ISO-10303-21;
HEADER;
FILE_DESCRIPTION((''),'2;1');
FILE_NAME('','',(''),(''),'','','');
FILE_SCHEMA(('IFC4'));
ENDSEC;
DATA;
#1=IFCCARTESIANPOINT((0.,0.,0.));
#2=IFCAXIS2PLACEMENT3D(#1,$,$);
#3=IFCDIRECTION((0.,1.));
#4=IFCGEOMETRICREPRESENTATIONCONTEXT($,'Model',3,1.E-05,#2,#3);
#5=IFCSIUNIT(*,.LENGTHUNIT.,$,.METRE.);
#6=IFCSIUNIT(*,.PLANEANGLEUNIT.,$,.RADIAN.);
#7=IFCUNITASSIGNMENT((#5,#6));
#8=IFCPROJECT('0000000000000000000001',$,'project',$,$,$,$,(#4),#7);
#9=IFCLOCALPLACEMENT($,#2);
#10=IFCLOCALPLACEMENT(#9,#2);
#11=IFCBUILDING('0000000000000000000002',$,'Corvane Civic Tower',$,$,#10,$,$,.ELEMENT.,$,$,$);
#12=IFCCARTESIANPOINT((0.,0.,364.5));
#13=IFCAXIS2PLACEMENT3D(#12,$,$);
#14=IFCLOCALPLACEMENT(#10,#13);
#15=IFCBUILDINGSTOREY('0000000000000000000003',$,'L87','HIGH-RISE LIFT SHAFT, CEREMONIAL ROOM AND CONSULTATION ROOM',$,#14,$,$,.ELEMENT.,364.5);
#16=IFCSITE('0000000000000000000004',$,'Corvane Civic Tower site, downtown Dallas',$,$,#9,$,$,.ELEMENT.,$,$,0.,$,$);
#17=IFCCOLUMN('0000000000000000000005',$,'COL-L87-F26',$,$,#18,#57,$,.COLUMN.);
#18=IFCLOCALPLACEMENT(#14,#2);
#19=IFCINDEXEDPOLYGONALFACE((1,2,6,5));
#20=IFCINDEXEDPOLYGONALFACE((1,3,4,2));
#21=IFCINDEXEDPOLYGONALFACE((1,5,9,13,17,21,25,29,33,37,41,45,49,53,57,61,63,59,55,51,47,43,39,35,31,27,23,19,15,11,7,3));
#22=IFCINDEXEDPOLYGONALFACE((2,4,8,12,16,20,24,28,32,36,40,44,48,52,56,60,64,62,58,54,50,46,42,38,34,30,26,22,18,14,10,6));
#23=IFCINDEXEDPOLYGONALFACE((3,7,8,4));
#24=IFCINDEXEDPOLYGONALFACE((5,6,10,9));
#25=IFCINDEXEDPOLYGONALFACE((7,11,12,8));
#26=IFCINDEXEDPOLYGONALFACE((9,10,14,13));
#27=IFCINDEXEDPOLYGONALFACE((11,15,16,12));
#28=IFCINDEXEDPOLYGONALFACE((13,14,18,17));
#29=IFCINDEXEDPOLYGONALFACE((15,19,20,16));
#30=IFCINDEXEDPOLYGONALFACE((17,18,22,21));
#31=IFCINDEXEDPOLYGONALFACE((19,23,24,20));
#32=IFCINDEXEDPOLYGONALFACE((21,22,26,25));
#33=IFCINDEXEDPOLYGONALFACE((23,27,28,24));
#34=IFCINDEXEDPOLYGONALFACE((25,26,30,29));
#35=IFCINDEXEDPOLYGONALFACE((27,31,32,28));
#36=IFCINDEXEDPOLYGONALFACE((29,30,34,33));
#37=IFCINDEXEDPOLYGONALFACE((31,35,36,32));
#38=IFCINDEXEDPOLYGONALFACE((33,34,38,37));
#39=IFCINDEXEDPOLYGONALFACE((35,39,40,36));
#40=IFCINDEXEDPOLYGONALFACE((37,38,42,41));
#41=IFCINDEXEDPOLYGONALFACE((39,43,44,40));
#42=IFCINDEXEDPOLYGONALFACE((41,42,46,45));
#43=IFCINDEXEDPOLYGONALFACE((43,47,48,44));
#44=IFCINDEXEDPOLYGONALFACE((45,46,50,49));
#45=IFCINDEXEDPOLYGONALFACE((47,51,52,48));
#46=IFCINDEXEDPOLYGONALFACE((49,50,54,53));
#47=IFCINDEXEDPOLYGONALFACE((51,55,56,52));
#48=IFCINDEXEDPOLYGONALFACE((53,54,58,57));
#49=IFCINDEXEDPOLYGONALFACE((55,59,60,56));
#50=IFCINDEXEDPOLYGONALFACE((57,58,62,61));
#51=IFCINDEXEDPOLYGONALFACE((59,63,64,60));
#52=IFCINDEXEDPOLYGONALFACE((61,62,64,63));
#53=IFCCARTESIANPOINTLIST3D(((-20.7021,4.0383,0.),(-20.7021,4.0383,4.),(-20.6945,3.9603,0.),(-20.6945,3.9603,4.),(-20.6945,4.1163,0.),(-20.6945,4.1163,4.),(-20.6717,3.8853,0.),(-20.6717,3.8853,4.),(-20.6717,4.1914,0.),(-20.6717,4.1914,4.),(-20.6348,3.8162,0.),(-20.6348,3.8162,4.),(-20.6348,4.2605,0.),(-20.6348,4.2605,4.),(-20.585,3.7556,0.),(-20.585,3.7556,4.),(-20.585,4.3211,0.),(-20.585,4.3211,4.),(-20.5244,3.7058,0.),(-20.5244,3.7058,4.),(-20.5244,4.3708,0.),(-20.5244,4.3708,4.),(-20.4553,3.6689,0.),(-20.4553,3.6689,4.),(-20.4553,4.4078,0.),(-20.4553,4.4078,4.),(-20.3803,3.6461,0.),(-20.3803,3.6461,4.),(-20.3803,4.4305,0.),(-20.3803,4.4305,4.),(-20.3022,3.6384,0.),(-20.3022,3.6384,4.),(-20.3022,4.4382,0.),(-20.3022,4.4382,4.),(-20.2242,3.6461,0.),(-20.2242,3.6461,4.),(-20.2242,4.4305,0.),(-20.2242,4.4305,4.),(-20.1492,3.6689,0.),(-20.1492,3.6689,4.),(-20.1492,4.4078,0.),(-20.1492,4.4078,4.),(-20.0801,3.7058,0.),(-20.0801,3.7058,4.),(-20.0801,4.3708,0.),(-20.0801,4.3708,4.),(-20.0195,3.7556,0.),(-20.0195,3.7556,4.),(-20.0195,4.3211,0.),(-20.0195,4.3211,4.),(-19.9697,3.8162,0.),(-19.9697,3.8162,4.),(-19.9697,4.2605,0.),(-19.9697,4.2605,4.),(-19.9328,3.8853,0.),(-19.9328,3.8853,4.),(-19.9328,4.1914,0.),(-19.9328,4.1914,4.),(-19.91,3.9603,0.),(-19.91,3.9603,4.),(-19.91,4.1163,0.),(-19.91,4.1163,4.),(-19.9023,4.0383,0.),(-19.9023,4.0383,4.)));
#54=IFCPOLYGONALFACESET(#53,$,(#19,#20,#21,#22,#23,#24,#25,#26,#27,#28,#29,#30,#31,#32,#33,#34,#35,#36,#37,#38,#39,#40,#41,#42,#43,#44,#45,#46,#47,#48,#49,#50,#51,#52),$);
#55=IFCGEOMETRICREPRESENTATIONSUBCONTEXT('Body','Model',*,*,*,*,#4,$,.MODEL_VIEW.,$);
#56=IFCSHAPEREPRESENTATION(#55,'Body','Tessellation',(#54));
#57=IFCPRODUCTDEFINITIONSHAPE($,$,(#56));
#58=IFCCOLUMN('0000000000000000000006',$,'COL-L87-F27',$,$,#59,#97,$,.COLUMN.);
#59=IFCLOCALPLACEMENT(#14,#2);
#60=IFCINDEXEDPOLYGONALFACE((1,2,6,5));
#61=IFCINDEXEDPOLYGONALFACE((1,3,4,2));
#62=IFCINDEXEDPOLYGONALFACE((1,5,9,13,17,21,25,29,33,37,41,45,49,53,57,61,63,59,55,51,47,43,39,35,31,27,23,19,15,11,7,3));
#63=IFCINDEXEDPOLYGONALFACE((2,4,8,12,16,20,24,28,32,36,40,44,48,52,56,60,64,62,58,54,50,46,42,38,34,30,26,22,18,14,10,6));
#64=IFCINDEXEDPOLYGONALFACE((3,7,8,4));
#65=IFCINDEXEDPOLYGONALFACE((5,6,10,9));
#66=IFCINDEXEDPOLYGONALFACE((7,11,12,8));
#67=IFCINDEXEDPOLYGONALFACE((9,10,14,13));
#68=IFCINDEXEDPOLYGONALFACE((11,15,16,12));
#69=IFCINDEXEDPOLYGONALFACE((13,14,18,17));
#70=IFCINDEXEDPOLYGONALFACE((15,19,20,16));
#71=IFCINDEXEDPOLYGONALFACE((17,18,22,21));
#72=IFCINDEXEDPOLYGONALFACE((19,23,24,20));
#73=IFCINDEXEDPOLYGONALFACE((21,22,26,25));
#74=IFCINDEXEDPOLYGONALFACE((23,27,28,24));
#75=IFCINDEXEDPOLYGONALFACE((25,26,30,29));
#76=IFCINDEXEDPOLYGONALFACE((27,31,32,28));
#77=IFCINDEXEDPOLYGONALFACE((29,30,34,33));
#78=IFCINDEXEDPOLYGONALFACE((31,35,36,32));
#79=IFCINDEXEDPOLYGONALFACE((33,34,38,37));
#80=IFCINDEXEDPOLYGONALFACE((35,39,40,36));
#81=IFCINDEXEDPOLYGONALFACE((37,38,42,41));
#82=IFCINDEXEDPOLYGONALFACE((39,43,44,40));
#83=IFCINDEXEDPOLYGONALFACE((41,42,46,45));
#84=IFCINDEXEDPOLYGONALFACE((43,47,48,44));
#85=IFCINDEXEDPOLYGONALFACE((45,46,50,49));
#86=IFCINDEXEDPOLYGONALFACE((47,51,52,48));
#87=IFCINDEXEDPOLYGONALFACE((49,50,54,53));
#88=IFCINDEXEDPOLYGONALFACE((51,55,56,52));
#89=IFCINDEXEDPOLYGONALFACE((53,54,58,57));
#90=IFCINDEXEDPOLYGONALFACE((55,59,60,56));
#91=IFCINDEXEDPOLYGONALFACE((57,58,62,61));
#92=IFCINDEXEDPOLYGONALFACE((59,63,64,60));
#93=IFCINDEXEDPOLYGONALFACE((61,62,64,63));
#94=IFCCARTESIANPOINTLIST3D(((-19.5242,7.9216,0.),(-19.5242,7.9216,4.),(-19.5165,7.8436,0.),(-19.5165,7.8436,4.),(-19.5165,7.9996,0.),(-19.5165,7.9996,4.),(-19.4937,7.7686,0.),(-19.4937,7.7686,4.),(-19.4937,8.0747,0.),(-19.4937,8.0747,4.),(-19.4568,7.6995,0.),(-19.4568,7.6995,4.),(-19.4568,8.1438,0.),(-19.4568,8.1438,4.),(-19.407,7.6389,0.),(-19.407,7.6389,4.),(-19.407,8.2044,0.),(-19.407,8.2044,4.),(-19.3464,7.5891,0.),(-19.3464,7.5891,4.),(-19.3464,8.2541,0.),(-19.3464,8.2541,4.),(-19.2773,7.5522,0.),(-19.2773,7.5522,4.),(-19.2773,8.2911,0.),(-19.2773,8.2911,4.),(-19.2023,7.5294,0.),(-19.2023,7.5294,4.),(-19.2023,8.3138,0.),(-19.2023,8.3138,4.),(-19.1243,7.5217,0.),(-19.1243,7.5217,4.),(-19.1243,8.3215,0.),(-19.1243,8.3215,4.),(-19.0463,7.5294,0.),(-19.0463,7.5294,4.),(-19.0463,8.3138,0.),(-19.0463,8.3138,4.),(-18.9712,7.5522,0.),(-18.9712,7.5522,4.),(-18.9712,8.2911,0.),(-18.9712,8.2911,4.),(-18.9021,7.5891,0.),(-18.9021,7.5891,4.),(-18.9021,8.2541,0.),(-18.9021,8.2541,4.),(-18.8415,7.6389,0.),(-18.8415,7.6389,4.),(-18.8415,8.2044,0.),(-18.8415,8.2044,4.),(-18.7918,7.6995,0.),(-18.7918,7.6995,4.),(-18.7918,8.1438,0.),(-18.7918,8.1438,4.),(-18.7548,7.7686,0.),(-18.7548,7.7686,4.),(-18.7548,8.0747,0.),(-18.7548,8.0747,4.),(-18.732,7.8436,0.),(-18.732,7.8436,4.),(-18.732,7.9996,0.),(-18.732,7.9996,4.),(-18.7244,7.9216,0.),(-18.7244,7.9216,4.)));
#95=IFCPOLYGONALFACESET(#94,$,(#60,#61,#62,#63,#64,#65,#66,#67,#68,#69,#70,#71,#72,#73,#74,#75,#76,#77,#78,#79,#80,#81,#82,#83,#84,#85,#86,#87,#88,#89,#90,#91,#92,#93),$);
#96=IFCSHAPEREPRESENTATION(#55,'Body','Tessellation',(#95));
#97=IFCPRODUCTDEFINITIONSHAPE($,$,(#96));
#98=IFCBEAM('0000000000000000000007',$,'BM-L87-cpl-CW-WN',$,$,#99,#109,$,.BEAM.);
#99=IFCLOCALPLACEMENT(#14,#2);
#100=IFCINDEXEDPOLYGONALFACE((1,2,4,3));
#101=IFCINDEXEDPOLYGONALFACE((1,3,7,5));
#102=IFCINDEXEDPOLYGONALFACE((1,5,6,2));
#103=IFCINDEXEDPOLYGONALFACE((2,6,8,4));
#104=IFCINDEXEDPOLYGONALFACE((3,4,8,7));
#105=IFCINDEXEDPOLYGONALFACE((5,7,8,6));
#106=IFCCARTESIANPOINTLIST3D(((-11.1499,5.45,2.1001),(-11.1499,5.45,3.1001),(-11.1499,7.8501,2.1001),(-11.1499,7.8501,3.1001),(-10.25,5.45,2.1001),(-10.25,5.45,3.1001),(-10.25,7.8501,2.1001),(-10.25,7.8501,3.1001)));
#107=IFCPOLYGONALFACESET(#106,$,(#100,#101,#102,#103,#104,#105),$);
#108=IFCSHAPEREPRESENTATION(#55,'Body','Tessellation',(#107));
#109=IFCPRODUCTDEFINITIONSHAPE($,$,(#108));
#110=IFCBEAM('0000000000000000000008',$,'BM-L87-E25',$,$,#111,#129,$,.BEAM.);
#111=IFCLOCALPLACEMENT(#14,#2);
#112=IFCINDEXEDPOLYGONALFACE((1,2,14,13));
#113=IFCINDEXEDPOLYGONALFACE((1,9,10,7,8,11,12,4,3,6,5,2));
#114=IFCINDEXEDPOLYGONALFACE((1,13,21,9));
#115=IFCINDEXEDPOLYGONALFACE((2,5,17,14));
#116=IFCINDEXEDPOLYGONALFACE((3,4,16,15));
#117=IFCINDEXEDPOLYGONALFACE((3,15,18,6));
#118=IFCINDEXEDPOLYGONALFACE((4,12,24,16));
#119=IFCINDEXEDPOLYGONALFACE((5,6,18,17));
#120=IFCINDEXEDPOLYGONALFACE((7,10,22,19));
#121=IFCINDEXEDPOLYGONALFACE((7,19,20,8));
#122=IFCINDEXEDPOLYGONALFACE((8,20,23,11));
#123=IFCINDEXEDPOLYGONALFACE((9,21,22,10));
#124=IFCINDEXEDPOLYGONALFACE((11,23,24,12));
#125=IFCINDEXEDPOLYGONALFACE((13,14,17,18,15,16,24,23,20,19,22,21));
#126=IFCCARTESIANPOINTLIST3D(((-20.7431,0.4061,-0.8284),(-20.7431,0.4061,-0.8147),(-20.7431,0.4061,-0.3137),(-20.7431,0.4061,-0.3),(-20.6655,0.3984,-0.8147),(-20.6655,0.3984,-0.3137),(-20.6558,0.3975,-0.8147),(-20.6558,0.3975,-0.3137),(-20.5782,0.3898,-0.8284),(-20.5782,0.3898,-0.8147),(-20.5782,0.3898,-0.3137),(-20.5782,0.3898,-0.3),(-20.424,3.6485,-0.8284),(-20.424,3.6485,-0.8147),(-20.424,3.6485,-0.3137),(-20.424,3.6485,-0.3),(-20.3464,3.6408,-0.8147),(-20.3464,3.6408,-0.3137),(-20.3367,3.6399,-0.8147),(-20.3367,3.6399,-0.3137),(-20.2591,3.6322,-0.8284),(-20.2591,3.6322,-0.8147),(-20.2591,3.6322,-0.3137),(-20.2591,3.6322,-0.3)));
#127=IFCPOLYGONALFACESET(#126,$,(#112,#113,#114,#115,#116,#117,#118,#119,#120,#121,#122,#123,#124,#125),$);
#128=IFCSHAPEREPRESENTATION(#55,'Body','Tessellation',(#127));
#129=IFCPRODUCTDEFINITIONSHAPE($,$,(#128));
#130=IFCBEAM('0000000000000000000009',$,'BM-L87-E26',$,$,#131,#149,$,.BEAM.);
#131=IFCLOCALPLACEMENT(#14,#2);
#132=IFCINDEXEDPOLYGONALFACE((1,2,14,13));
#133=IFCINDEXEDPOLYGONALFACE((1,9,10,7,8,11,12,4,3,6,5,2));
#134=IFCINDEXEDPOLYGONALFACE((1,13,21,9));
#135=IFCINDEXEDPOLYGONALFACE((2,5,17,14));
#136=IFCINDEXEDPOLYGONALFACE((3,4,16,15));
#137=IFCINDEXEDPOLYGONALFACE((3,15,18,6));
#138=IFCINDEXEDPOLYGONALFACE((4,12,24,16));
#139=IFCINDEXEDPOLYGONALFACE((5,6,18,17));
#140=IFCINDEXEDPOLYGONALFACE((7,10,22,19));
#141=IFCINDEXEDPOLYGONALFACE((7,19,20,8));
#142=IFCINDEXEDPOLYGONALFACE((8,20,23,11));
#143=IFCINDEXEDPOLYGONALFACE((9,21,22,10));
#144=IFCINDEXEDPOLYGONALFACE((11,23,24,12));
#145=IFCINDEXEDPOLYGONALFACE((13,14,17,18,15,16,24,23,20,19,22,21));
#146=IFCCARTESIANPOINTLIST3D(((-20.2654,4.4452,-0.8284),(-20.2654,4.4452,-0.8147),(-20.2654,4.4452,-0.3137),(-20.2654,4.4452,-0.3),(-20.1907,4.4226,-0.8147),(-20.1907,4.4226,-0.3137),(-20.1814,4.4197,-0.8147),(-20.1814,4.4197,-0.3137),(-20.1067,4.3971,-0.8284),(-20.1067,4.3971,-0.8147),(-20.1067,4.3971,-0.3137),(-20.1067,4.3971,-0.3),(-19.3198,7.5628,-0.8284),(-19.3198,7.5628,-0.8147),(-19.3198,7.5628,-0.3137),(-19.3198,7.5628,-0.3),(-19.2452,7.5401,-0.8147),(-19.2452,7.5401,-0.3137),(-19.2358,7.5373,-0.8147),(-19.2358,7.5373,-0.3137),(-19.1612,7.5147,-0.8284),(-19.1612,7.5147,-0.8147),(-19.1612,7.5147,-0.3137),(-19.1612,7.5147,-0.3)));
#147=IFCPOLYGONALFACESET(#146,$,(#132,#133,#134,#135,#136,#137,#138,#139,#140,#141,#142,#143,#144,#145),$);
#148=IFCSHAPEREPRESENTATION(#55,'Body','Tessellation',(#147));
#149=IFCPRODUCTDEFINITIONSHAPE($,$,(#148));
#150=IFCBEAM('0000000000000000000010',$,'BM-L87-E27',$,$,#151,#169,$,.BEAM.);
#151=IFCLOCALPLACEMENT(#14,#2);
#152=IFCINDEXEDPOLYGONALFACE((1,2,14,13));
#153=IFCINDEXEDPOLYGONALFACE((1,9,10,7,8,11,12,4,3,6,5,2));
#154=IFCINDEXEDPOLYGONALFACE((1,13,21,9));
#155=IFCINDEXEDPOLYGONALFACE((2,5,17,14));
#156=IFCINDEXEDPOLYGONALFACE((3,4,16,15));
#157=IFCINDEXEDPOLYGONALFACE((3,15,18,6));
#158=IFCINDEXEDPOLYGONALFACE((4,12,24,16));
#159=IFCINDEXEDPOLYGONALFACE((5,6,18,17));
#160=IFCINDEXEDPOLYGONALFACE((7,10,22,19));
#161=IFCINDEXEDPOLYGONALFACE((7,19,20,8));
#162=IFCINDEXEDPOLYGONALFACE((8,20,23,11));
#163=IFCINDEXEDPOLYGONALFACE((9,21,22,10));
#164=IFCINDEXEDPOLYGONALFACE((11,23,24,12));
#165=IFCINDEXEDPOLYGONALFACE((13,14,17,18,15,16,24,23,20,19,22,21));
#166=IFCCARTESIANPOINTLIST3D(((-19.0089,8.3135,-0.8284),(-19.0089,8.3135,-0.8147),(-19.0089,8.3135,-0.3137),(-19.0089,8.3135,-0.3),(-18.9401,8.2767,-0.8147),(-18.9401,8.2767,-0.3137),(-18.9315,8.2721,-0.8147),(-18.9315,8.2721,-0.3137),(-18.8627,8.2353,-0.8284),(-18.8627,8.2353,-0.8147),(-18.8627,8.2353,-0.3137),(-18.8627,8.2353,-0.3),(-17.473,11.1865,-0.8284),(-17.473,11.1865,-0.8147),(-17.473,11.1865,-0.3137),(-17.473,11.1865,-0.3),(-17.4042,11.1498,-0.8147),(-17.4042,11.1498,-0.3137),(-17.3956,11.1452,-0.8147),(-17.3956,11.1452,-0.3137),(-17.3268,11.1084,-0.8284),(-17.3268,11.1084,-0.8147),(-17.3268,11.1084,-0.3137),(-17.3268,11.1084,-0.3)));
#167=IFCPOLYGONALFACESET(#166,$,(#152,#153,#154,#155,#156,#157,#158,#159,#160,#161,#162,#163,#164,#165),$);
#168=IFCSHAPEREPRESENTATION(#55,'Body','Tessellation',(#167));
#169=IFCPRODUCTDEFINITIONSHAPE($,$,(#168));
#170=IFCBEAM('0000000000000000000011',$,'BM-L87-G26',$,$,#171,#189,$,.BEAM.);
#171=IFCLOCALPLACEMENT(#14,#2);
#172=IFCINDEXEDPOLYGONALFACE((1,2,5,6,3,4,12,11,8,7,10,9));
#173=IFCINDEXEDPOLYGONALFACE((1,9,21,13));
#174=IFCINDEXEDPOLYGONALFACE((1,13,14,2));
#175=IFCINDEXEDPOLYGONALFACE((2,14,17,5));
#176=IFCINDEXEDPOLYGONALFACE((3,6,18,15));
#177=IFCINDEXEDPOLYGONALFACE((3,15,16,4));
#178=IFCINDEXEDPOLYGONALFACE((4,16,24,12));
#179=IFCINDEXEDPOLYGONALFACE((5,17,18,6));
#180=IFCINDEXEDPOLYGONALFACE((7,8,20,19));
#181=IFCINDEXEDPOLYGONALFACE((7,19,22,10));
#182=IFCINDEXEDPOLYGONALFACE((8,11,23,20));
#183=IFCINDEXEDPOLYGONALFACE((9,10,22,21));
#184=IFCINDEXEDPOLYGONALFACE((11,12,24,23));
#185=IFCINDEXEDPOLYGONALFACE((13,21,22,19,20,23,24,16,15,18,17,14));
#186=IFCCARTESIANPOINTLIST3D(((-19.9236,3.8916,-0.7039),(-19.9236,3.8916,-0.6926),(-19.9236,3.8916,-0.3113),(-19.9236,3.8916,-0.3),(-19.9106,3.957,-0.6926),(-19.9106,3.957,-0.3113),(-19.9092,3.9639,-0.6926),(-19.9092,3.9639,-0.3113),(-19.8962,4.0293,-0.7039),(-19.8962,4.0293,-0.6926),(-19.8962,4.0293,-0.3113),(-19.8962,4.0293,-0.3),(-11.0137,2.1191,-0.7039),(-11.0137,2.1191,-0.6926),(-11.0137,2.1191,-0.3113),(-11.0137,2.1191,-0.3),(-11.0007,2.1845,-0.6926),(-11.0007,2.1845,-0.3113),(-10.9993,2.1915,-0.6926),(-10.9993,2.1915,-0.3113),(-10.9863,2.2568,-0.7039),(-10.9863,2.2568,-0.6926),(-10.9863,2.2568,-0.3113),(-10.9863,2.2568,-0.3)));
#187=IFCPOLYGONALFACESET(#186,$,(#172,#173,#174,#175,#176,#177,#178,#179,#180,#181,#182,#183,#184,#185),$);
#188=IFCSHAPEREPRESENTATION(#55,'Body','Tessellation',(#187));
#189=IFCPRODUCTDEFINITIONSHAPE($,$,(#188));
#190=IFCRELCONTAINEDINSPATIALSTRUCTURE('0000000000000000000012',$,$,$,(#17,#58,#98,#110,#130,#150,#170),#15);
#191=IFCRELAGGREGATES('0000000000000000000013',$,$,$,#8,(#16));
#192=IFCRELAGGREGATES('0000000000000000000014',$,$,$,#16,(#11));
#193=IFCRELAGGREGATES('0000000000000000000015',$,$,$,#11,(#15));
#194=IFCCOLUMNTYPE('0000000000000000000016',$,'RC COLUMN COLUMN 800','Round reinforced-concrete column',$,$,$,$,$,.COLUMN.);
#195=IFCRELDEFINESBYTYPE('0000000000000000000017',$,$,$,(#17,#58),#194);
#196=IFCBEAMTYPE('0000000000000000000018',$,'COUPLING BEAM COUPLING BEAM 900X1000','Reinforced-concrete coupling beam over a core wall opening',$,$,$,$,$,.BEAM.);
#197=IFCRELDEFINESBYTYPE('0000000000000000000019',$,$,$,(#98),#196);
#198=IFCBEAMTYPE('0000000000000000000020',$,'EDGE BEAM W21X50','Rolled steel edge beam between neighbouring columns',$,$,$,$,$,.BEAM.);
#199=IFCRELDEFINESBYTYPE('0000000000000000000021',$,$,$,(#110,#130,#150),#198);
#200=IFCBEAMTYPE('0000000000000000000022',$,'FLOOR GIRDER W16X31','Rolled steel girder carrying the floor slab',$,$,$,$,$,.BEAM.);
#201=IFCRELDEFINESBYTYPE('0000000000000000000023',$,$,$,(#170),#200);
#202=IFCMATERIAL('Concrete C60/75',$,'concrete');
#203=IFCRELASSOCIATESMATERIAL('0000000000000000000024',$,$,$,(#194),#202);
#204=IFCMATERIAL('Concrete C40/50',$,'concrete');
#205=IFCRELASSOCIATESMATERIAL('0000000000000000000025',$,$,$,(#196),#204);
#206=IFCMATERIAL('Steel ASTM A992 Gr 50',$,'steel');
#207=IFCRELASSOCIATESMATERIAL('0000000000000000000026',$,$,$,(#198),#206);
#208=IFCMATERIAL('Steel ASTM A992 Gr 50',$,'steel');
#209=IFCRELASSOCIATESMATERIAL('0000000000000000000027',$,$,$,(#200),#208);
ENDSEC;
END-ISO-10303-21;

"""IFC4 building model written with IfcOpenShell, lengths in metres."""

from ifc_helpers import new_model, si_unit, direction, frame, origin, origin_2d, place, context, subcontext, project, spatial, rectangle, circle, i_section, extrude, material, material_profile, profile_set, type_object, element, save


model = new_model("IFC4")

# Units and contexts
model_context = context("Model", 3, precision=1e-05, world=origin(), true_north=direction((0.0, 1.0)))
body_context = subcontext(model_context, "Body", "Model", "MODEL_VIEW")
ifc_project = project(units=[si_unit("LENGTHUNIT", "METRE"), si_unit("PLANEANGLEUNIT", "RADIAN")], contexts=[model_context])

# Site, building, storey
site_placement = place(None, origin())
site = spatial("IfcSite", under=ifc_project, at=site_placement, Name="Corvane Civic Tower site, downtown Dallas", CompositionType="ELEMENT", RefElevation=0.0)
building_placement = place(site_placement, origin())
building = spatial("IfcBuilding", under=site, at=building_placement, Name="Corvane Civic Tower", CompositionType="ELEMENT")
storey_placement = place(building_placement, frame((0.0, 0.0, 364.5)))
storey = spatial("IfcBuildingStorey", under=building, at=storey_placement, Name="L87", Description="HIGH-RISE LIFT SHAFT, CEREMONIAL ROOM AND CONSULTATION ROOM", CompositionType="ELEMENT", Elevation=364.5)

# Columns
ifc_material_1 = material(Name="Concrete C60/75", Category="concrete")
ifc_material_profile_1 = material_profile(ifc_material_1, circle(Radius=0.3999, at=origin_2d()), Name="COLUMN 800")
ifc_profile_set_1 = profile_set([ifc_material_profile_1], Name="Concrete C60/75")
column_type = type_object("IfcColumnType", Name="RC COLUMN COLUMN 800", Description="Round reinforced-concrete column", PredefinedType="COLUMN", material=ifc_profile_set_1)
for number, where, z_axis, x_axis, name in (
    (1, (-20.3022, 4.0383, 0.0), (0.0, 0.0, 1.0), (1.0, 0.0, 0.0), "COL-L87-F26"),
    (2, (-19.1243, 7.9216, 0.0), (0.0, 0.0, 1.0), (1.0, 0.0, 0.0), "COL-L87-F27"),
):
    element("IfcColumn", number, at=place(storey_placement, frame(where, z_axis=z_axis, x_axis=x_axis)), inside=storey, type_object=column_type, Name=name, PredefinedType="COLUMN", context=body_context, shape_type="SweptSolid", body=[
        extrude(circle(Radius=0.3999, at=origin_2d()), origin(), (0.0, 0.0, 1.0), 4.0),
    ])

# Beams
ifc_material_2 = material(Name="Concrete C40/50", Category="concrete")
ifc_material_profile_2 = material_profile(ifc_material_2, rectangle(XDim=0.8999, YDim=1.0, at=origin_2d()), Name="COUPLING BEAM 900X1000")
ifc_profile_set_2 = profile_set([ifc_material_profile_2], Name="Concrete C40/50")
beam_type_1 = type_object("IfcBeamType", Name="COUPLING BEAM COUPLING BEAM 900X1000", Description="Reinforced-concrete coupling beam over a core wall opening", PredefinedType="BEAM", material=ifc_profile_set_2)
beam_1_placement = place(storey_placement, frame((-10.7, 5.45, 2.6001), z_axis=(0.0, 1.0, 0.0), x_axis=(-1.0, 0.0, 0.0)))
element("IfcBeam", 3, at=beam_1_placement, inside=storey, type_object=beam_type_1, Name="BM-L87-cpl-CW-WN", PredefinedType="BEAM", context=body_context, shape_type="SweptSolid", body=[
    extrude(rectangle(XDim=0.8999, YDim=1.0, at=origin_2d()), origin(), (0.0, 0.0, 1.0), 2.4001),
])
ifc_material_3 = material(Name="Steel ASTM A992 Gr 50", Category="steel")
ifc_material_profile_3 = material_profile(ifc_material_3, i_section(OverallWidth=0.1658, OverallDepth=0.5283, WebThickness=0.0098, FlangeThickness=0.0137, at=origin_2d()), Name="W21X50")
ifc_profile_set_3 = profile_set([ifc_material_profile_3], Name="Steel ASTM A992 Gr 50")
beam_type_2 = type_object("IfcBeamType", Name="EDGE BEAM W21X50", Description="Rolled steel edge beam between neighbouring columns", PredefinedType="BEAM", material=ifc_profile_set_3)
beam_2_placement = place(storey_placement, frame((-20.6606, 0.3979, -0.5642), z_axis=(0.097938, 0.995193, 0.0), x_axis=(-0.995193, 0.097938, 0.0)))
element("IfcBeam", 4, at=beam_2_placement, inside=storey, type_object=beam_type_2, Name="BM-L87-E25", PredefinedType="BEAM", context=body_context, shape_type="SweptSolid", body=[
    extrude(i_section(OverallWidth=0.1658, OverallDepth=0.5283, WebThickness=0.0098, FlangeThickness=0.0137, at=origin_2d()), origin(), (0.0, 0.0, 1.0), 3.2581),
])
for number, where, z_axis, x_axis, name in (
    (5, (-20.186, 4.4211, -0.5642), (0.290234, 0.956956, 0.0), (-0.956956, 0.290234, 0.0), "BM-L87-E26"),
    (6, (-18.9358, 8.2744, -0.5642), (0.471448, 0.881894, 0.0), (-0.881894, 0.471448, 0.0), "BM-L87-E27"),
):
    element("IfcBeam", number, at=place(storey_placement, frame(where, z_axis=z_axis, x_axis=x_axis)), inside=storey, type_object=beam_type_2, Name=name, PredefinedType="BEAM", context=body_context, shape_type="SweptSolid", body=[
        extrude(i_section(OverallWidth=0.1658, OverallDepth=0.5283, WebThickness=0.0098, FlangeThickness=0.0137, at=origin_2d()), origin(), (0.0, 0.0, 1.0), 3.2578),
    ])
ifc_material_4 = material(Name="Steel ASTM A992 Gr 50", Category="steel")
ifc_material_profile_4 = material_profile(ifc_material_4, i_section(OverallWidth=0.1404, OverallDepth=0.4038, WebThickness=0.0071, FlangeThickness=0.0112, at=origin_2d()), Name="W16X31")
ifc_profile_set_4 = profile_set([ifc_material_profile_4], Name="Steel ASTM A992 Gr 50")
beam_type_3 = type_object("IfcBeamType", Name="FLOOR GIRDER W16X31", Description="Rolled steel girder carrying the floor slab", PredefinedType="BEAM", material=ifc_profile_set_4)
beam_3_placement = place(storey_placement, frame((-11.0, 2.188, -0.502), z_axis=(-0.980782, 0.195108, 0.0), x_axis=(-0.195108, -0.980782, 0.0)))
element("IfcBeam", 7, at=beam_3_placement, inside=storey, type_object=beam_type_3, Name="BM-L87-G26", PredefinedType="BEAM", context=body_context, shape_type="SweptSolid", body=[
    extrude(i_section(OverallWidth=0.1404, OverallDepth=0.4038, WebThickness=0.0071, FlangeThickness=0.0112, at=origin_2d()), origin(), (0.0, 0.0, 1.0), 9.0845),
])

save(model, "model.ifc")
